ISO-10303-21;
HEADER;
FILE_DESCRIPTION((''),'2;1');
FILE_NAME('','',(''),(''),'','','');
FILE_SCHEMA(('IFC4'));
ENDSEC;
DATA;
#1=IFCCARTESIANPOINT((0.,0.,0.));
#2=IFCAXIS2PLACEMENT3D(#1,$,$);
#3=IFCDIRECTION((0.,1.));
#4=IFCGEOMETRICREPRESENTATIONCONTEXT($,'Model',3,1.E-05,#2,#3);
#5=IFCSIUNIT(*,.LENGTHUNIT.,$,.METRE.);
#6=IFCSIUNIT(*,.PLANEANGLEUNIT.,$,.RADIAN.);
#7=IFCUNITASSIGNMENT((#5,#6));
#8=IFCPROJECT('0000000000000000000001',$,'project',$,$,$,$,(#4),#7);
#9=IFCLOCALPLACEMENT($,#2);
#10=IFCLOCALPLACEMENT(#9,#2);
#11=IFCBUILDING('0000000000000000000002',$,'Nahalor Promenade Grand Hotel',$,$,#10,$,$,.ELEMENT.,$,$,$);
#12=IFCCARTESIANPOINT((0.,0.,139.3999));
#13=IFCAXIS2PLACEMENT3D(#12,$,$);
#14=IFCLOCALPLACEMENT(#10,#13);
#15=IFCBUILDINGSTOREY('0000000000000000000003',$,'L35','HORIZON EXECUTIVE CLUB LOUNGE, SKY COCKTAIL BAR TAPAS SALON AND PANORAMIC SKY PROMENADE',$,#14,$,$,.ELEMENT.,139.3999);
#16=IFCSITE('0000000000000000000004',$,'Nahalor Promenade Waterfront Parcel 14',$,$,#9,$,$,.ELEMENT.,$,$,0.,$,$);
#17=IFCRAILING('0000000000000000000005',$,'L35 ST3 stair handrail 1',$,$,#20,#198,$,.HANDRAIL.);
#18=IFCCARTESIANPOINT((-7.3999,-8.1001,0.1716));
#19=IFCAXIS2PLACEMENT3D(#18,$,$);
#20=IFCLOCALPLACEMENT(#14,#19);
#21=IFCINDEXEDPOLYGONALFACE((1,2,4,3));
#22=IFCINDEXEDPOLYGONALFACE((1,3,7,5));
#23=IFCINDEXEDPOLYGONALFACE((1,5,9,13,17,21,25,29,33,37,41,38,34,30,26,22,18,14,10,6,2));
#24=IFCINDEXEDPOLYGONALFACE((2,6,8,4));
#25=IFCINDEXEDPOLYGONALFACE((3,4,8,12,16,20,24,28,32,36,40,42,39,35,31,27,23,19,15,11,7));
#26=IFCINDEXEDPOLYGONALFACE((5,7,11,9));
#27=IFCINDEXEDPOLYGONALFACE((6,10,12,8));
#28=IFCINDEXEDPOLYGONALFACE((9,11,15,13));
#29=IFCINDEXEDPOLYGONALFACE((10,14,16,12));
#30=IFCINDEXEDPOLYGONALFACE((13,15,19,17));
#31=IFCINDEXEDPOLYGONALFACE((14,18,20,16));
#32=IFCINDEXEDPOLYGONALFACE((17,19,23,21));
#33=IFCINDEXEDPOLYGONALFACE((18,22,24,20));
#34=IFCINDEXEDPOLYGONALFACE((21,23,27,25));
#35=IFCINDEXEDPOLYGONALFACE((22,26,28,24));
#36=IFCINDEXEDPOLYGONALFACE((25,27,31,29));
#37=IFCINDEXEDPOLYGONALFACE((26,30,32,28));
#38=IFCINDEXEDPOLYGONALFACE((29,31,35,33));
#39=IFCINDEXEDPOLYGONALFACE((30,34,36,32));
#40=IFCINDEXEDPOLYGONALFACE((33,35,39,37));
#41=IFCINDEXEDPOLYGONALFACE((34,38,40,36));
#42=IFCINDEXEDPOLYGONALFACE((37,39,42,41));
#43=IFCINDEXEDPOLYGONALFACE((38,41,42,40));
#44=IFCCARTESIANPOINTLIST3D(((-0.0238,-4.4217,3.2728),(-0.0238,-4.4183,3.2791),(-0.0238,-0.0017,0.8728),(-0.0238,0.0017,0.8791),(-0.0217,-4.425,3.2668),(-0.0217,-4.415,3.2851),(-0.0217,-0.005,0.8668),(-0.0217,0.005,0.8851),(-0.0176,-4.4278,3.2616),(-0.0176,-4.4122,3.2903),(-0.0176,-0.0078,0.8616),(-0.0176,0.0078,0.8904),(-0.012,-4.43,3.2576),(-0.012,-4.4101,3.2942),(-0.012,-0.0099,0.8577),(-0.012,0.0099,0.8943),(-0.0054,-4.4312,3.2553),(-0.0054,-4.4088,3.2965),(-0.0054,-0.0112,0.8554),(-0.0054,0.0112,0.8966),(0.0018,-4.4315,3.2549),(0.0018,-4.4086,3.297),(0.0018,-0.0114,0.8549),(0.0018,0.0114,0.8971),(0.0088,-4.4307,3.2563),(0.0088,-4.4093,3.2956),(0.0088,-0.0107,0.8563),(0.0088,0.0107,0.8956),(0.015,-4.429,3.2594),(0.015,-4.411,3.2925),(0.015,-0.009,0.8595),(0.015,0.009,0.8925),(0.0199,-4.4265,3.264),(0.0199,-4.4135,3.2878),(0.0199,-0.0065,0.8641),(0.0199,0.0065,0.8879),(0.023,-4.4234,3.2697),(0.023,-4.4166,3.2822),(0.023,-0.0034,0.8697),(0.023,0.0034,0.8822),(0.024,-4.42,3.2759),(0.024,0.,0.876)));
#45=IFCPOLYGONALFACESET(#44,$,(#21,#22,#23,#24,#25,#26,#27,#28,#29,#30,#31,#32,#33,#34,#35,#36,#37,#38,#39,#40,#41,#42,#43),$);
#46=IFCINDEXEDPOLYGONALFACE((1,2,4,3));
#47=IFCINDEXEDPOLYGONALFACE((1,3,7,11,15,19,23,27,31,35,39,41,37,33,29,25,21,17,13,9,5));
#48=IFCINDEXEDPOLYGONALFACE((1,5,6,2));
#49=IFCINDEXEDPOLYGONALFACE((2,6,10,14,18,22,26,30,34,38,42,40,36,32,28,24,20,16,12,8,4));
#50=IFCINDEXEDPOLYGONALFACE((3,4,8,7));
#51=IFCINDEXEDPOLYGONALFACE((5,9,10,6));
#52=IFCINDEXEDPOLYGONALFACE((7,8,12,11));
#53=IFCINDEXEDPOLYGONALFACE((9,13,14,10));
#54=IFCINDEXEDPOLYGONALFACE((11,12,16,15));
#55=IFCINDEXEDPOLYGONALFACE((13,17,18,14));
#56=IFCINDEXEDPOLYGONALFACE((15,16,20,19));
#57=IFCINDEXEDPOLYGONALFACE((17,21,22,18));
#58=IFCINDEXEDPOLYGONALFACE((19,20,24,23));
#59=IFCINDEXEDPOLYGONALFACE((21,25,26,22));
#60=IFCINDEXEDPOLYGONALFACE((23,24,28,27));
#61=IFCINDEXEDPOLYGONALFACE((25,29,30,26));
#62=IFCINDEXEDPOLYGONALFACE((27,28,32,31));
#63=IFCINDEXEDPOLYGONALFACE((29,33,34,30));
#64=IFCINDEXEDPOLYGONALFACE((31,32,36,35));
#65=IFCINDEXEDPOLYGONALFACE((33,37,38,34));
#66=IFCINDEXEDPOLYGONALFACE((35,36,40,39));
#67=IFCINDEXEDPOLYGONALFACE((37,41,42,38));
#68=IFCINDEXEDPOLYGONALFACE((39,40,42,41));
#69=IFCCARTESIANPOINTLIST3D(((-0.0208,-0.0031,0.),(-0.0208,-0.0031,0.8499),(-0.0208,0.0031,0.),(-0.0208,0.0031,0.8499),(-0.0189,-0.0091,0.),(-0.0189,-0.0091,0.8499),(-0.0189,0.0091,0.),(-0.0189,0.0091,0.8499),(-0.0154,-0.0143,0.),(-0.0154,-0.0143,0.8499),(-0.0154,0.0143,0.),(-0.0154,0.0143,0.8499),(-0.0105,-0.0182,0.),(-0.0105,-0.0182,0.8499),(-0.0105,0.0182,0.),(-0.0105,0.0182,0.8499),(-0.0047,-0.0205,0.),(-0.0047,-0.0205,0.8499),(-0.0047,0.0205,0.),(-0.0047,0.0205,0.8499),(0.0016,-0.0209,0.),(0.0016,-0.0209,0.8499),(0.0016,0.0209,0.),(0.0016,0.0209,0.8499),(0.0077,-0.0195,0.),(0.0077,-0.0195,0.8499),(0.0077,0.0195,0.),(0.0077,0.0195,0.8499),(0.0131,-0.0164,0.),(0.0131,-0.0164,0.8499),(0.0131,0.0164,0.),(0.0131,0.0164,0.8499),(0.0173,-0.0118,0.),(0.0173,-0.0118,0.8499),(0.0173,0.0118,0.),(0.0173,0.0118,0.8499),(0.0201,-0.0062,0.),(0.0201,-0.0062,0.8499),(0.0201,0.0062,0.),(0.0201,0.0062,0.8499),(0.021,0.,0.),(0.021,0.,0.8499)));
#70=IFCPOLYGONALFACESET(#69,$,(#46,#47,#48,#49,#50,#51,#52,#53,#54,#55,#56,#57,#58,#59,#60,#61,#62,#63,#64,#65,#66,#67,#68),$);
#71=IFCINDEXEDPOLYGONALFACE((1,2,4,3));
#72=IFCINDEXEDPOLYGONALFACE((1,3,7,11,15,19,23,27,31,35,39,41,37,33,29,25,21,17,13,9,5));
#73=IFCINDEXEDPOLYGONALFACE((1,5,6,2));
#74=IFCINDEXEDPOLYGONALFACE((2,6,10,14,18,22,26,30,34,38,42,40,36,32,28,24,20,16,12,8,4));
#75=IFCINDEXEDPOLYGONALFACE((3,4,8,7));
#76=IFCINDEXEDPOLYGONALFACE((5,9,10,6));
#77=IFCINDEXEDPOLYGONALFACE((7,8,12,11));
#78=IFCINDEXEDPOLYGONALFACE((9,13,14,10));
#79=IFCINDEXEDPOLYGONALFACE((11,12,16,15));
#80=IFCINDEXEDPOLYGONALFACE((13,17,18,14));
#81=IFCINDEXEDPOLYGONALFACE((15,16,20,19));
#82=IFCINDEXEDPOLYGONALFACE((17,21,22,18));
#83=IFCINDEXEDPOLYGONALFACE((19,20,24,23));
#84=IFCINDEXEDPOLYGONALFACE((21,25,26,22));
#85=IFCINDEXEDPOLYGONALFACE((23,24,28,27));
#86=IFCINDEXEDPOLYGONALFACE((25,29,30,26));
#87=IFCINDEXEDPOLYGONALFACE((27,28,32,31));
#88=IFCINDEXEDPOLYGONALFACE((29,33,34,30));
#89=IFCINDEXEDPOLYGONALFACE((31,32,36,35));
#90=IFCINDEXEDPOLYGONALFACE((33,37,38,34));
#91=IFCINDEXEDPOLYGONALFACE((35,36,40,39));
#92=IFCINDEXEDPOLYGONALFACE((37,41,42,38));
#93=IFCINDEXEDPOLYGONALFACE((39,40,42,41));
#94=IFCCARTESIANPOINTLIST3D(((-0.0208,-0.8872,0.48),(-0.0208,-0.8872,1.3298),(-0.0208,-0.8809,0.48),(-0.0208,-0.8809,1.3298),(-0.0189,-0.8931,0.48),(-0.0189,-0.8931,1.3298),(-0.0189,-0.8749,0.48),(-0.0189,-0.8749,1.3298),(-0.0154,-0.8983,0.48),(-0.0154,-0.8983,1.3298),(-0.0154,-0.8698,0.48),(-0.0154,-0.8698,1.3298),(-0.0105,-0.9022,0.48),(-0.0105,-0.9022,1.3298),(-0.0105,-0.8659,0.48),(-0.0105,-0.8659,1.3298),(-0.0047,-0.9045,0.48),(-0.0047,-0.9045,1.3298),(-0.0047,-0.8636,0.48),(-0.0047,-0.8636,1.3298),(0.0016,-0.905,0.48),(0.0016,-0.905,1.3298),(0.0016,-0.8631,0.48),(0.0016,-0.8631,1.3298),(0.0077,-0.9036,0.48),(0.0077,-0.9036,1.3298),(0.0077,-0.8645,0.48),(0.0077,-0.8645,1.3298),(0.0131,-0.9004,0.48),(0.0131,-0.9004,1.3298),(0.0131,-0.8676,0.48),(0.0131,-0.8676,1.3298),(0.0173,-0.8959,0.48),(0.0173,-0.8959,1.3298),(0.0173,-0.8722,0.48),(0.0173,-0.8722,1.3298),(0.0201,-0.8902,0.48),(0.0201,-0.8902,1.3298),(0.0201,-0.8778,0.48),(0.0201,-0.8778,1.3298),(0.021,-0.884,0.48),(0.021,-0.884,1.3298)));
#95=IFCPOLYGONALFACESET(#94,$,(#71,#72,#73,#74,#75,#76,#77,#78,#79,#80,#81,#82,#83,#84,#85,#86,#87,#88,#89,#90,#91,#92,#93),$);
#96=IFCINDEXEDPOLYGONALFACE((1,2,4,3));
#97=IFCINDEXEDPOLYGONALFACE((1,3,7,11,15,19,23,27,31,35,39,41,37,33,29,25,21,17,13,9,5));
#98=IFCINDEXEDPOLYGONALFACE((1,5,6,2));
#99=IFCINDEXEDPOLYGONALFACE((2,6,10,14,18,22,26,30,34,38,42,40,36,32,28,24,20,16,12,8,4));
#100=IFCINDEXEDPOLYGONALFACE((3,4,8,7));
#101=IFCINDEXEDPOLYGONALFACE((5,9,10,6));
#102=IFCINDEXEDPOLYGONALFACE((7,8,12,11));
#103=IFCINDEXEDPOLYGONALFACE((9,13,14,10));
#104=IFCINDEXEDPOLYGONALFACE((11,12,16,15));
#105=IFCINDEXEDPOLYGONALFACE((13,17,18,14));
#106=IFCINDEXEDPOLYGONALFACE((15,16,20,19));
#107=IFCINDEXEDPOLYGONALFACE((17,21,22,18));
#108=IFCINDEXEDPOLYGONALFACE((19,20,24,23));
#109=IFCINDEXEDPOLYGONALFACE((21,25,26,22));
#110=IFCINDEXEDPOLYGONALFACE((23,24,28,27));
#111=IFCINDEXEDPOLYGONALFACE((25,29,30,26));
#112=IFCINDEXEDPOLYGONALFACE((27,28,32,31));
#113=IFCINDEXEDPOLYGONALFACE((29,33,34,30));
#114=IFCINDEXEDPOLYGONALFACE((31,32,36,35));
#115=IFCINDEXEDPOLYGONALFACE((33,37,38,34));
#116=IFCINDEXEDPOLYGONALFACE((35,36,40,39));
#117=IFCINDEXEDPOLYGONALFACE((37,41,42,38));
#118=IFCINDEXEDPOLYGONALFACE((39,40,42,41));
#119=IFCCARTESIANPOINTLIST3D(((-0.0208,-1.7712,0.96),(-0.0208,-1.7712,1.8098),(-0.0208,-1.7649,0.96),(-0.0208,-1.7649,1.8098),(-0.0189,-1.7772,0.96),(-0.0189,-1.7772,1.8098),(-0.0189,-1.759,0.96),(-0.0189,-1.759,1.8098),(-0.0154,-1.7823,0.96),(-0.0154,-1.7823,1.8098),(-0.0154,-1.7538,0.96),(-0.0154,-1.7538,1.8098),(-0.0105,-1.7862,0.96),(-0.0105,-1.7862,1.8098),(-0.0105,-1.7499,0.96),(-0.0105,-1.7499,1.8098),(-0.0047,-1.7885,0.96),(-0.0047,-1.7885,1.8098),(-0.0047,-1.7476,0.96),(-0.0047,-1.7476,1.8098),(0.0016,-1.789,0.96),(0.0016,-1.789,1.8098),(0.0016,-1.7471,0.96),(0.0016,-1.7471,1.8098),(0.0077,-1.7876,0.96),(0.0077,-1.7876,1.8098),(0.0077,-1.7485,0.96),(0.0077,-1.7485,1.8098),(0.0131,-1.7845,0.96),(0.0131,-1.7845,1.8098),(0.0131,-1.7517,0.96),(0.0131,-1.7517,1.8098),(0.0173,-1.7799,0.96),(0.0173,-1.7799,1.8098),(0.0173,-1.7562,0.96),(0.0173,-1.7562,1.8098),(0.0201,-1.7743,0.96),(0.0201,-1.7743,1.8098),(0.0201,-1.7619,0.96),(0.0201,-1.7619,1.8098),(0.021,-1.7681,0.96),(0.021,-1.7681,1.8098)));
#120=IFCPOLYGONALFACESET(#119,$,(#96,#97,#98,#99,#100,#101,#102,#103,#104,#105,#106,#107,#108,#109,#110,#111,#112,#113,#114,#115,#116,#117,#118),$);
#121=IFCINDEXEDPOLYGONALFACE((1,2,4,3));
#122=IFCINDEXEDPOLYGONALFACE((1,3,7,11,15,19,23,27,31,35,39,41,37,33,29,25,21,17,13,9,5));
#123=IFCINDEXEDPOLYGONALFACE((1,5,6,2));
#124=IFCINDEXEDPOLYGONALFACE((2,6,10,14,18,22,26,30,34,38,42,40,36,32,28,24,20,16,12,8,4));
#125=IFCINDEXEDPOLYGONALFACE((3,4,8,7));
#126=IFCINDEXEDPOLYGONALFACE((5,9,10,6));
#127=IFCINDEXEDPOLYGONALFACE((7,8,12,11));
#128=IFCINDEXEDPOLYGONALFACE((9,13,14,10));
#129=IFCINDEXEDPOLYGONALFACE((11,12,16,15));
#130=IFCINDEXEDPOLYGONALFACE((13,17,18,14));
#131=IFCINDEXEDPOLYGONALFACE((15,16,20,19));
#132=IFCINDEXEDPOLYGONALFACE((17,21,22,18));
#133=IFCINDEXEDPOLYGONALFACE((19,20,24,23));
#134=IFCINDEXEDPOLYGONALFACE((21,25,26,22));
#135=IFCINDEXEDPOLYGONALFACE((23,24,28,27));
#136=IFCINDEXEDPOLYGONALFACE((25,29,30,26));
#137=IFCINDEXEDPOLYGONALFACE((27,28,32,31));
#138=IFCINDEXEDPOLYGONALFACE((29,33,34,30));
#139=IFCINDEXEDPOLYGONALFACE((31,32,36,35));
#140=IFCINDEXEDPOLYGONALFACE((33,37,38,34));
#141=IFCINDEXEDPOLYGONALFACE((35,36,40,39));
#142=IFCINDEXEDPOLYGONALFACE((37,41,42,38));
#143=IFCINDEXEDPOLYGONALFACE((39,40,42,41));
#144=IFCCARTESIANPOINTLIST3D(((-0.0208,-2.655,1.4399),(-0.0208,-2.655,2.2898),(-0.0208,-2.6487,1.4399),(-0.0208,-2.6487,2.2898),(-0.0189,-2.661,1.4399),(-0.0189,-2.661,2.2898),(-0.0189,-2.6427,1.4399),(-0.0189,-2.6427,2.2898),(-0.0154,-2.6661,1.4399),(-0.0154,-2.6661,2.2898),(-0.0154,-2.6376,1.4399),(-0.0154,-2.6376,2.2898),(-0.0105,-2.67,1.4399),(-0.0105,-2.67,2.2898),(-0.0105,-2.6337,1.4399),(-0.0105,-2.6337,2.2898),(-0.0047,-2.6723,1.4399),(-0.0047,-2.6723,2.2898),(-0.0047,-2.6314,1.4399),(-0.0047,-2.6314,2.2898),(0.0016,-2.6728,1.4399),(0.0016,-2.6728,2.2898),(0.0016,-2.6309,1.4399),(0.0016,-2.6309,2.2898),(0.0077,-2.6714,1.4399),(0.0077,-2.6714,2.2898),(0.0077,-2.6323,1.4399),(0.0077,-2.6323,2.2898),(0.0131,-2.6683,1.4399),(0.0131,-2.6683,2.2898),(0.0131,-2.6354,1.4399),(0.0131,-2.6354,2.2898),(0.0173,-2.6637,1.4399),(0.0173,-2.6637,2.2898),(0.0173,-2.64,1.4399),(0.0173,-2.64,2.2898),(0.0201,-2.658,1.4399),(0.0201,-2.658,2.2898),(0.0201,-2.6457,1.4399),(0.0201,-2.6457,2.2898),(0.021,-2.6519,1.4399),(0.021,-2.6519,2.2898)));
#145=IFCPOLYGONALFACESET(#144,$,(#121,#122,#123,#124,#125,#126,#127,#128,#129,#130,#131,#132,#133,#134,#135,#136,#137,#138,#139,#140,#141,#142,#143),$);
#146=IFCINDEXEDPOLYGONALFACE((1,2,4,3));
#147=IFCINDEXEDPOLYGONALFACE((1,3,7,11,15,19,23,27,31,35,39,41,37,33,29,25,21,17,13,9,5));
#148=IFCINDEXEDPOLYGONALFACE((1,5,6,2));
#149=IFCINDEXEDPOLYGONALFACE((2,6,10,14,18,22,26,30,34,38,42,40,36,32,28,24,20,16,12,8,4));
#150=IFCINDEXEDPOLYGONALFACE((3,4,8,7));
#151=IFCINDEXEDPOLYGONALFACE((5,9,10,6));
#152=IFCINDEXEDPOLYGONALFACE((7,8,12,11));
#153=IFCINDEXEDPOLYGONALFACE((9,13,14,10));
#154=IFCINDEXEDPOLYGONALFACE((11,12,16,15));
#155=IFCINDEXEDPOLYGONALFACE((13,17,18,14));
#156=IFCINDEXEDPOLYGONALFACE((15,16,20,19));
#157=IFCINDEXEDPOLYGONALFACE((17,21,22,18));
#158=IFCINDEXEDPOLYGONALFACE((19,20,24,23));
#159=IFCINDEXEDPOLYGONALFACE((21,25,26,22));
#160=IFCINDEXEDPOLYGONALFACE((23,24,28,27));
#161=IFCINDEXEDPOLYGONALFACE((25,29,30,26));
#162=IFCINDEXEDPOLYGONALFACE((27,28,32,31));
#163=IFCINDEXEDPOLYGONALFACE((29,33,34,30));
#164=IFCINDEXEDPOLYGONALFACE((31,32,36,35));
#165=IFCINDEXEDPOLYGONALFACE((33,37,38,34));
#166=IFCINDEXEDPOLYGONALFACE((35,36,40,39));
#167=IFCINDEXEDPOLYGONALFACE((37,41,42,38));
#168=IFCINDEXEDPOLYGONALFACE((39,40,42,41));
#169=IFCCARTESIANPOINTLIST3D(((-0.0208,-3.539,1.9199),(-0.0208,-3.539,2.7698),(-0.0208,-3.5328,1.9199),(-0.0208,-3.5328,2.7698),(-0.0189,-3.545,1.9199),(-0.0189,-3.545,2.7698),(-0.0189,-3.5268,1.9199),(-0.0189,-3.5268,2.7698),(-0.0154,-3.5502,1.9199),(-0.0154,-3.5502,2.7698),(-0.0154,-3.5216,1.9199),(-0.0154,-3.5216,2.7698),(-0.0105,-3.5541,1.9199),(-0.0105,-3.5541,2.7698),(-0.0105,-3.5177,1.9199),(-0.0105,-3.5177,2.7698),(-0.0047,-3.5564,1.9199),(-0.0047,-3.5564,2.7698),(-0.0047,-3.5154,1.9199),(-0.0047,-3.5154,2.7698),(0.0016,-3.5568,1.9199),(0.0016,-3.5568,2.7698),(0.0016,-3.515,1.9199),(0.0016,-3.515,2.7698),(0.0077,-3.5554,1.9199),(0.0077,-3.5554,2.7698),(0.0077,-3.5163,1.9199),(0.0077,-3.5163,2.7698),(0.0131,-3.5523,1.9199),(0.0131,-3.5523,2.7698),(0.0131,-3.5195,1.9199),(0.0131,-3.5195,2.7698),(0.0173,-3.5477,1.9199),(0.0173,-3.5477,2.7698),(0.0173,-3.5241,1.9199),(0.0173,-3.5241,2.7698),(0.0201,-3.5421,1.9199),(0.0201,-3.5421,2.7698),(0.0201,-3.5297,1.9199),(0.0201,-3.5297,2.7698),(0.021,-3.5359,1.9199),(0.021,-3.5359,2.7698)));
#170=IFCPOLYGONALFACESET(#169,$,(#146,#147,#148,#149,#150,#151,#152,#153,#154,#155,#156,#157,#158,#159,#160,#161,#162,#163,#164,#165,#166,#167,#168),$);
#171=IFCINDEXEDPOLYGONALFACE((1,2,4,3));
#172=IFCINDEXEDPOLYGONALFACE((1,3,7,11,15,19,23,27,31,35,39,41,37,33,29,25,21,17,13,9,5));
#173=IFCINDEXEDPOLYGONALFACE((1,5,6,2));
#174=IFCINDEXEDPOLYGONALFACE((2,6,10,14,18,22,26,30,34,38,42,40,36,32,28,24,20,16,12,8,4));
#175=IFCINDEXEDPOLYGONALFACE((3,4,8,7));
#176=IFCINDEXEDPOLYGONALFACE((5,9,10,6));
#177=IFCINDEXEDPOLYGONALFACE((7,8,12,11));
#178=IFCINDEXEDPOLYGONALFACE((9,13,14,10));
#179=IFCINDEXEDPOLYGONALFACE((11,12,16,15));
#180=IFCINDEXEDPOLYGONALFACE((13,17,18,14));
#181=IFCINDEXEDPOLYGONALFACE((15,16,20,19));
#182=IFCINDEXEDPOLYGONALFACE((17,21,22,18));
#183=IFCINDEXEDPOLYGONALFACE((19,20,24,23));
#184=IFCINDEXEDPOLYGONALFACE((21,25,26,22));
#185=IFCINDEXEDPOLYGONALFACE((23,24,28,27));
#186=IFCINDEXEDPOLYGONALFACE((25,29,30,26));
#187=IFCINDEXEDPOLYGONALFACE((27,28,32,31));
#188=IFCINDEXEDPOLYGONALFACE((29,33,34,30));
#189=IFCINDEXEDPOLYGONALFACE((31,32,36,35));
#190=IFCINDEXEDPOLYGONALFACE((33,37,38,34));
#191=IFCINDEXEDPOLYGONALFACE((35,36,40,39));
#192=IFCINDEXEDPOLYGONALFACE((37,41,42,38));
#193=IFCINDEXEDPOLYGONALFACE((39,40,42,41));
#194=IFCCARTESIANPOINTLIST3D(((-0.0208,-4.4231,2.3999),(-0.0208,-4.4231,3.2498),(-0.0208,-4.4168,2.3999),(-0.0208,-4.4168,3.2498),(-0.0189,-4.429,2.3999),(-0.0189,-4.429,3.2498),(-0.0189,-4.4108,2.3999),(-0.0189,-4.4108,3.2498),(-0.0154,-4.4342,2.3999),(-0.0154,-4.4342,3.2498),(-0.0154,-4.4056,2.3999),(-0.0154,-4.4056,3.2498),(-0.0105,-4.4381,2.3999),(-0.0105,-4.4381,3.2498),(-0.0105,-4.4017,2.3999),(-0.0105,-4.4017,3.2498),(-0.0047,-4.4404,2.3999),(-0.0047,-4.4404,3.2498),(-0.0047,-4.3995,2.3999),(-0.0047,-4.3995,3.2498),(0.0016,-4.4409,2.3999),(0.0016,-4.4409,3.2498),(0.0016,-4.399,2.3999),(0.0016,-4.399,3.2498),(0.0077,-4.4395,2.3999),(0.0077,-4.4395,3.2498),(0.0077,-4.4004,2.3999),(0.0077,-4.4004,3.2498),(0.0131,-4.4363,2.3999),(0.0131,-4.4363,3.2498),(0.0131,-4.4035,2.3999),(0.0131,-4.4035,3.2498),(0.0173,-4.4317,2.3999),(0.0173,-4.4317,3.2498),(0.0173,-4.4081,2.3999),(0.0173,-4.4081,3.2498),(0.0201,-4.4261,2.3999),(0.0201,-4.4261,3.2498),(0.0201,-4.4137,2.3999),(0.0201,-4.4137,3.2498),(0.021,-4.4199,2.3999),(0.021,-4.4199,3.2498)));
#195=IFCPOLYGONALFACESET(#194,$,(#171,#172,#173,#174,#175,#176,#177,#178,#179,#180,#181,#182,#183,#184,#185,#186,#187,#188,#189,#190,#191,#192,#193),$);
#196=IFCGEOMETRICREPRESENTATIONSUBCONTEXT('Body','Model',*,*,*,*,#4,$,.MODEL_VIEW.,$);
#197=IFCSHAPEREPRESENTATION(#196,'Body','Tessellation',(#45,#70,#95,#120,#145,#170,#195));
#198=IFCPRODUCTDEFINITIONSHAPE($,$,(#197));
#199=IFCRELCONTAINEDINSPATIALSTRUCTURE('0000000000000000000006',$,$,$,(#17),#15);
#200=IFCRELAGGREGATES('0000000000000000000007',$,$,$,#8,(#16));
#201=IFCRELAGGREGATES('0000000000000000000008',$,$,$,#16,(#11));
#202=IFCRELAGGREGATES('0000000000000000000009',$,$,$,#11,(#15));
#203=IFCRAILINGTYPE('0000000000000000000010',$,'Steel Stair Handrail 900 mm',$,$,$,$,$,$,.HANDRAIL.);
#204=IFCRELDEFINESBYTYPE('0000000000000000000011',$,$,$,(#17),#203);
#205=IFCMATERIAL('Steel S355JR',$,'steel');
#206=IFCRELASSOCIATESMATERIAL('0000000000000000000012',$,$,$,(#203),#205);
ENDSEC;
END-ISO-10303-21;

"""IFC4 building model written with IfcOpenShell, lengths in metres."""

from ifc_helpers import new_model, si_unit, direction, frame, origin, origin_2d, place, context, subcontext, project, spatial, circle, extrude, material, type_object, element, save


model = new_model("IFC4")

# Units and contexts
model_context = context("Model", 3, precision=1e-05, world=origin(), true_north=direction((0.0, 1.0)))
body_context = subcontext(model_context, "Body", "Model", "MODEL_VIEW")
ifc_project = project(units=[si_unit("LENGTHUNIT", "METRE"), si_unit("PLANEANGLEUNIT", "RADIAN")], contexts=[model_context])

# Site, building, storey
site_placement = place(None, origin())
site = spatial("IfcSite", under=ifc_project, at=site_placement, Name="Nahalor Promenade Waterfront Parcel 14", CompositionType="ELEMENT", RefElevation=0.0)
building_placement = place(site_placement, origin())
building = spatial("IfcBuilding", under=site, at=building_placement, Name="Nahalor Promenade Grand Hotel", CompositionType="ELEMENT")
storey_placement = place(building_placement, frame((0.0, 0.0, 139.3999)))
storey = spatial("IfcBuildingStorey", under=building, at=storey_placement, Name="L35", Description="HORIZON EXECUTIVE CLUB LOUNGE, SKY COCKTAIL BAR TAPAS SALON AND PANORAMIC SKY PROMENADE", CompositionType="ELEMENT", Elevation=139.3999)

# Shared definitions
ifc_material_1 = material(Name="Steel S355JR", Category="steel")

# Railing
railing_type_1 = type_object("IfcRailingType", Name="Steel Stair Handrail 900 mm", PredefinedType="HANDRAIL", material=ifc_material_1)
railing_1_placement = place(storey_placement, frame((-7.3999, -8.1001, 0.1716)))
element("IfcRailing", 1, at=railing_1_placement, inside=storey, type_object=railing_type_1, Name="L35 ST3 stair handrail 1", PredefinedType="HANDRAIL", context=body_context, shape_type="SweptSolid", body=[
    extrude(circle(Radius=0.024, at=origin_2d()), frame((0.0, 0.0, 0.876), z_axis=(0.0, -0.87881, 0.477171), x_axis=(1.0, 0.0, 0.0)), (0.0, 0.0, 1.0), 5.0295),
    extrude(circle(Radius=0.021, at=origin_2d()), origin(), (0.0, 0.0, 1.0), 0.8499),
    extrude(circle(Radius=0.021, at=origin_2d()), frame((0.0, -0.884, 0.48)), (0.0, 0.0, 1.0), 0.8499),
    extrude(circle(Radius=0.021, at=origin_2d()), frame((0.0, -1.7681, 0.96)), (0.0, 0.0, 1.0), 0.8499),
    extrude(circle(Radius=0.021, at=origin_2d()), frame((0.0, -2.6519, 1.4399)), (0.0, 0.0, 1.0), 0.8499),
    extrude(circle(Radius=0.021, at=origin_2d()), frame((0.0, -3.5359, 1.9199)), (0.0, 0.0, 1.0), 0.8499),
    extrude(circle(Radius=0.021, at=origin_2d()), frame((0.0, -4.4199, 2.3999)), (0.0, 0.0, 1.0), 0.8499),
])

save(model, "model.ifc")
